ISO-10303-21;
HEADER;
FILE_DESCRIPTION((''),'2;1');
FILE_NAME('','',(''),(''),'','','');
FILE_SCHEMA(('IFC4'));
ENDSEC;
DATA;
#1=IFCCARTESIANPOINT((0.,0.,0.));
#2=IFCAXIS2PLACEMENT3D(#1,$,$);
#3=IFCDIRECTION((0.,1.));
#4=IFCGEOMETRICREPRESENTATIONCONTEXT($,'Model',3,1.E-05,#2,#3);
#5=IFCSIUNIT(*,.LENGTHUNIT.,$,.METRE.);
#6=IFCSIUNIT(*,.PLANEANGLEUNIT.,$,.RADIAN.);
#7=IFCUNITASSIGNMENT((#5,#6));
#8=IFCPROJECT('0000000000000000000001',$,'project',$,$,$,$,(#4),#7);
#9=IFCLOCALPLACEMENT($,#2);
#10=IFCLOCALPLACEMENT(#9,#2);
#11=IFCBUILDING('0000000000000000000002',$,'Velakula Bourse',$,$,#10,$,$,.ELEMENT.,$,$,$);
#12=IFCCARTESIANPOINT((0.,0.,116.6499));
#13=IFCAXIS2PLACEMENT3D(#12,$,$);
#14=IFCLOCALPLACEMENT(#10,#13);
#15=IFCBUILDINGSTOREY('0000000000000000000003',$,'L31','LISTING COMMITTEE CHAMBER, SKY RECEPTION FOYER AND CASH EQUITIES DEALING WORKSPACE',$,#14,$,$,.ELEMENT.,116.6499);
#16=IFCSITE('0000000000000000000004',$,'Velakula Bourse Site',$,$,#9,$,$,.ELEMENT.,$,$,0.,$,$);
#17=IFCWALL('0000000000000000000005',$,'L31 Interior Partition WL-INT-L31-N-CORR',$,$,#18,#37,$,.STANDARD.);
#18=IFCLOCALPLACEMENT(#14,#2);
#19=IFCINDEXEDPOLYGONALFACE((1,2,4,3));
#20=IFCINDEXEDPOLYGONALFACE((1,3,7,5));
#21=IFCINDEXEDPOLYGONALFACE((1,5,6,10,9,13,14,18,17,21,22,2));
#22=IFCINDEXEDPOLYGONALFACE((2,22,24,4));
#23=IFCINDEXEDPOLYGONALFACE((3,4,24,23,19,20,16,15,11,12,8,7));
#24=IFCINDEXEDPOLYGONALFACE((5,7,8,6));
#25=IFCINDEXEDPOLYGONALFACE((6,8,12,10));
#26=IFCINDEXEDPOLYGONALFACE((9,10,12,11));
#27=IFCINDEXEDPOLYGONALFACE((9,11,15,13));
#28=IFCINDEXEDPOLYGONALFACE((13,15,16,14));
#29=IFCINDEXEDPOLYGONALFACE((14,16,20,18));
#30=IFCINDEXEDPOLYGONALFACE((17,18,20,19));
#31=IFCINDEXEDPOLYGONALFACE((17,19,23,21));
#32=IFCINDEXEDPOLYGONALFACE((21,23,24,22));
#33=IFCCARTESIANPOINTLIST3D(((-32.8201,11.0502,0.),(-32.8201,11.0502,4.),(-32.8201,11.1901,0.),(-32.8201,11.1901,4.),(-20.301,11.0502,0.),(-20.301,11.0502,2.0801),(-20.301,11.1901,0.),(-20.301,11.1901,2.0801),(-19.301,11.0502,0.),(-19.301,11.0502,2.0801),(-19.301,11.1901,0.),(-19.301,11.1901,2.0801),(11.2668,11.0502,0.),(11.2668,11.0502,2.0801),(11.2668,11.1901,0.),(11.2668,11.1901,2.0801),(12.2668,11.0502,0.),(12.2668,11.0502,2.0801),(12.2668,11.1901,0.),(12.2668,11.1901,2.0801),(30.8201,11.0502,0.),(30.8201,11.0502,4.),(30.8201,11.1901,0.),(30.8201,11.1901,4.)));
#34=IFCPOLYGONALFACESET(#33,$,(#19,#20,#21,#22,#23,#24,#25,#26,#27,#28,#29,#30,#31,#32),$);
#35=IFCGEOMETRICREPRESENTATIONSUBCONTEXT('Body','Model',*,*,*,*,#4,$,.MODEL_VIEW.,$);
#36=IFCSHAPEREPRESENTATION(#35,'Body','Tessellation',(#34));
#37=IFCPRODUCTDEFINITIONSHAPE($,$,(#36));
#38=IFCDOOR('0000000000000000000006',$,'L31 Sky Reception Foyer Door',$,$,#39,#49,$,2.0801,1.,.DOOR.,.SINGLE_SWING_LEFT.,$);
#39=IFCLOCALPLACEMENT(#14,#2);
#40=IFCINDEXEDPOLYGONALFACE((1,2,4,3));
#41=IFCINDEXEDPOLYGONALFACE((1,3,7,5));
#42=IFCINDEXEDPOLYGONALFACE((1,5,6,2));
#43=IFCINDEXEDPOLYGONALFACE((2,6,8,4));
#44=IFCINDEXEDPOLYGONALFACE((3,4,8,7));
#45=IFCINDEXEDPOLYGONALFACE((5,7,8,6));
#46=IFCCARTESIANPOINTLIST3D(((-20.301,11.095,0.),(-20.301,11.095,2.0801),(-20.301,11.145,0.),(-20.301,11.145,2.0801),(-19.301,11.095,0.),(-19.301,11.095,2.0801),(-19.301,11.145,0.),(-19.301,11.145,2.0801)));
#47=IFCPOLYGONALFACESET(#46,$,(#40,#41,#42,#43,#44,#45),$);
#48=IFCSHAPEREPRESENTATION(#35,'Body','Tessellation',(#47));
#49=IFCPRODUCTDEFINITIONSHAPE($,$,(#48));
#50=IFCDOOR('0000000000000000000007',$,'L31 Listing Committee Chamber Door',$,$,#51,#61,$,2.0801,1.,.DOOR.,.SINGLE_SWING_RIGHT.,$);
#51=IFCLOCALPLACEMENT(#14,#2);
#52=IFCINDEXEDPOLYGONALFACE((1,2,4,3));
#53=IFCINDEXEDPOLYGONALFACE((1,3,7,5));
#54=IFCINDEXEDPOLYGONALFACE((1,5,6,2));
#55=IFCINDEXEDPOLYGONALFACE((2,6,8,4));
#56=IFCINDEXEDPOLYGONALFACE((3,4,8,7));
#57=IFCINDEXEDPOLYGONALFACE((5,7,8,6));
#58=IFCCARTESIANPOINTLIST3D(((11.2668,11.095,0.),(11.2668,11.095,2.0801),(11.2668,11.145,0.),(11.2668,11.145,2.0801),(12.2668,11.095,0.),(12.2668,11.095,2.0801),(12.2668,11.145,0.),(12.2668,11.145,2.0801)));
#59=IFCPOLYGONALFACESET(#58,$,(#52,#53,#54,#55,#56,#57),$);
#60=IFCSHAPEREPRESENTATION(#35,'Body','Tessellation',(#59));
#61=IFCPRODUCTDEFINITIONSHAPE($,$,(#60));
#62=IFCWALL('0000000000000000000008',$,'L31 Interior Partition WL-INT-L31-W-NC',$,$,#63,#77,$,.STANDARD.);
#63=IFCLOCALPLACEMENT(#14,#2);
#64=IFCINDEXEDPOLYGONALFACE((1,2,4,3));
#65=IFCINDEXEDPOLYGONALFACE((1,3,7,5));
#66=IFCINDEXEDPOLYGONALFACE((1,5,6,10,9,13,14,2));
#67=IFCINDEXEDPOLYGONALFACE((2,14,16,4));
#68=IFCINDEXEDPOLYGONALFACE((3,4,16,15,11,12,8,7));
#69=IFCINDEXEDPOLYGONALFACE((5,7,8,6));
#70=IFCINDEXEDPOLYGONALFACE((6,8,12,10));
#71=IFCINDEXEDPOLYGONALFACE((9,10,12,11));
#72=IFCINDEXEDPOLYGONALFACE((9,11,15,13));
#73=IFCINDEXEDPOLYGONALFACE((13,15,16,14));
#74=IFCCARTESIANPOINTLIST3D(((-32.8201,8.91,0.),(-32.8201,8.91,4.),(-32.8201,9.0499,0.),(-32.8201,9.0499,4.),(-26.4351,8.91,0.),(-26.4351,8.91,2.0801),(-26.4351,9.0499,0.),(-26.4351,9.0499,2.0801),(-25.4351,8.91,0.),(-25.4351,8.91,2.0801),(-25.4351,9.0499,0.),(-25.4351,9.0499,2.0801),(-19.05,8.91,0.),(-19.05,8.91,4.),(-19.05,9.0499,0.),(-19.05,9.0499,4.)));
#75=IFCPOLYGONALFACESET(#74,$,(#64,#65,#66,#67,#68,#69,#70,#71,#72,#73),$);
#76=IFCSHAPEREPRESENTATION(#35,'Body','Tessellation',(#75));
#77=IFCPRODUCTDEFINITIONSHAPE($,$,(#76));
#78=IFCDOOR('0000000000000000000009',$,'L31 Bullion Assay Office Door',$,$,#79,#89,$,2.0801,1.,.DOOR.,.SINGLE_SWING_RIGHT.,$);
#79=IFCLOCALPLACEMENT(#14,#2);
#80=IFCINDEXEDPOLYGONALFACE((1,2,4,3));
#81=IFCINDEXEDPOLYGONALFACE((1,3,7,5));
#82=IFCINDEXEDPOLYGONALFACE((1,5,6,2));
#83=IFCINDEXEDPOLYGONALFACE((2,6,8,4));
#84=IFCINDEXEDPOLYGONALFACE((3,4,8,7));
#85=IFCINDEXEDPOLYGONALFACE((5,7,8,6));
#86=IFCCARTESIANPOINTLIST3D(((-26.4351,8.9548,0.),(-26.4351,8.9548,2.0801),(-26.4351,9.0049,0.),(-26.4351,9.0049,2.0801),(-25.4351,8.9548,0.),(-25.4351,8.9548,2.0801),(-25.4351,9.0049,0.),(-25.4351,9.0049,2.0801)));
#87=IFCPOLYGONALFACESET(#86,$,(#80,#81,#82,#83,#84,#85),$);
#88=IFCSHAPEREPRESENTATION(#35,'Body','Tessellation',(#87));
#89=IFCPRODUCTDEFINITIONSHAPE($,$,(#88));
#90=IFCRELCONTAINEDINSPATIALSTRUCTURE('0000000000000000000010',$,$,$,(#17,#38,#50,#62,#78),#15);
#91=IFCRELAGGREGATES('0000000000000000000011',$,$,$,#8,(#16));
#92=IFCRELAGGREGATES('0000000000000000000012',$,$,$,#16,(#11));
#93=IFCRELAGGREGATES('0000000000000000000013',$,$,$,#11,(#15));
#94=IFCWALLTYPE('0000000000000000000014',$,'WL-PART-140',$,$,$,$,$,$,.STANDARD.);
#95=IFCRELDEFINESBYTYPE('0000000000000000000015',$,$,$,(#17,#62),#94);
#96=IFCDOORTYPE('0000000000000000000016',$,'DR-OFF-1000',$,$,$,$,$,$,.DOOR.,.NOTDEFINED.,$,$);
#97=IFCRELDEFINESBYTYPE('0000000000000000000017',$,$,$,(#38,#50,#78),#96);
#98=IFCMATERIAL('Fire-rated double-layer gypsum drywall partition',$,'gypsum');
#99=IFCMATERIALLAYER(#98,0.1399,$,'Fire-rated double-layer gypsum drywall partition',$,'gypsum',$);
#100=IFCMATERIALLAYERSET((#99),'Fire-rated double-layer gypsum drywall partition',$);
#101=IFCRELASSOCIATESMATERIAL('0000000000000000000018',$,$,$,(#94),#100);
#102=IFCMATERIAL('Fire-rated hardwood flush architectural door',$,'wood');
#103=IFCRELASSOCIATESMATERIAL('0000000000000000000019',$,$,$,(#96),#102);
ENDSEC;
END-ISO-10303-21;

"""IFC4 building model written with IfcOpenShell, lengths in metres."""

from ifc_helpers import new_model, si_unit, direction, frame, frame_2d, origin, place, context, subcontext, project, spatial, rectangle, extrude, material, layer, layer_set, type_object, element, fill, save


model = new_model("IFC4")

# Units and contexts
model_context = context("Model", 3, precision=1e-05, world=origin(), true_north=direction((0.0, 1.0)))
body_context = subcontext(model_context, "Body", "Model", "MODEL_VIEW")
ifc_project = project(units=[si_unit("LENGTHUNIT", "METRE"), si_unit("PLANEANGLEUNIT", "RADIAN")], contexts=[model_context])

# Site, building, storey
site_placement = place(None, origin())
site = spatial("IfcSite", under=ifc_project, at=site_placement, Name="Velakula Bourse Site", CompositionType="ELEMENT", RefElevation=0.0)
building_placement = place(site_placement, origin())
building = spatial("IfcBuilding", under=site, at=building_placement, Name="Velakula Bourse", CompositionType="ELEMENT")
storey_placement = place(building_placement, frame((0.0, 0.0, 116.6499)))
storey = spatial("IfcBuildingStorey", under=building, at=storey_placement, Name="L31", Description="LISTING COMMITTEE CHAMBER, SKY RECEPTION FOYER AND CASH EQUITIES DEALING WORKSPACE", CompositionType="ELEMENT", Elevation=116.6499)

# Shared definitions
ifc_material_1 = material(Name="Fire-rated hardwood flush architectural door", Category="wood")

# Wall, openings, doors
ifc_material_2 = material(Name="Fire-rated double-layer gypsum drywall partition", Category="gypsum")
ifc_layer_1 = layer(ifc_material_2, 0.1399, Name="Fire-rated double-layer gypsum drywall partition", Category="gypsum")
ifc_layer_set_1 = layer_set([ifc_layer_1], Name="Fire-rated double-layer gypsum drywall partition")
wall_type_1 = type_object("IfcWallType", Name="WL-PART-140", PredefinedType="STANDARD", material=ifc_layer_set_1)
wall_1_placement = place(storey_placement, frame((-32.8201, 11.1201, 0.0), z_axis=(0.0, 0.0, 1.0), x_axis=(1.0, 0.0, 0.0)))
wall_1 = element("IfcWall", 1, at=wall_1_placement, inside=storey, type_object=wall_type_1, Name="L31 Interior Partition WL-INT-L31-N-CORR", PredefinedType="STANDARD", context=body_context, shape_type="SweptSolid", body=[
    extrude(rectangle(XDim=63.6401, YDim=0.1399, at=frame_2d((31.8201, 0.0))), origin(), (0.0, 0.0, 1.0), 4.0),
])
opening_1_placement = place(wall_1_placement, frame((12.519, 0.0, 0.0)))
opening_1 = element("IfcOpeningElement", 2, at=opening_1_placement, cuts=wall_1, PredefinedType="OPENING", context=body_context, shape_type="SweptSolid", body=[
    extrude(rectangle(XDim=1.0, YDim=2.0801, at=frame_2d((0.5, 1.04))), frame((0.0, 0.0798, 0.0), z_axis=(0.0, -1.0, 0.0), x_axis=(1.0, 0.0, 0.0)), (0.0, 0.0, 1.0), 0.1599),
])
opening_2_placement = place(wall_1_placement, frame((44.0869, 0.0, 0.0)))
opening_2 = element("IfcOpeningElement", 3, at=opening_2_placement, cuts=wall_1, PredefinedType="OPENING", context=body_context, shape_type="SweptSolid", body=[
    extrude(rectangle(XDim=1.0, YDim=2.0801, at=frame_2d((0.5, 1.04))), frame((0.0, 0.0798, 0.0), z_axis=(0.0, -1.0, 0.0), x_axis=(1.0, 0.0, 0.0)), (0.0, 0.0, 1.0), 0.1599),
])
door_type_1 = type_object("IfcDoorType", Name="DR-OFF-1000", OperationType="NOTDEFINED", PredefinedType="DOOR", material=ifc_material_1)
door_1_placement = place(opening_1_placement, origin())
door_1 = element("IfcDoor", 4, at=door_1_placement, inside=storey, type_object=door_type_1, Name="L31 Sky Reception Foyer Door", OperationType="SINGLE_SWING_LEFT", OverallHeight=2.0801, OverallWidth=1.0, PredefinedType="DOOR", context=body_context, shape_type="SweptSolid", body=[
    extrude(rectangle(XDim=1.0, YDim=2.0801, at=frame_2d((0.5, 1.04))), frame((0.0, 0.0249, 0.0), z_axis=(0.0, -1.0, 0.0), x_axis=(1.0, 0.0, 0.0)), (0.0, 0.0, 1.0), 0.05),
])
fill(opening_1, door_1)
door_2_placement = place(opening_2_placement, origin())
door_2 = element("IfcDoor", 5, at=door_2_placement, inside=storey, type_object=door_type_1, Name="L31 Listing Committee Chamber Door", OperationType="SINGLE_SWING_RIGHT", OverallHeight=2.0801, OverallWidth=1.0, PredefinedType="DOOR", context=body_context, shape_type="SweptSolid", body=[
    extrude(rectangle(XDim=1.0, YDim=2.0801, at=frame_2d((0.5, 1.04))), frame((0.0, 0.0249, 0.0), z_axis=(0.0, -1.0, 0.0), x_axis=(1.0, 0.0, 0.0)), (0.0, 0.0, 1.0), 0.05),
])
fill(opening_2, door_2)

# Wall, opening, door
wall_2_placement = place(storey_placement, frame((-32.8201, 8.98, 0.0), z_axis=(0.0, 0.0, 1.0), x_axis=(1.0, 0.0, 0.0)))
wall_2 = element("IfcWall", 6, at=wall_2_placement, inside=storey, type_object=wall_type_1, Name="L31 Interior Partition WL-INT-L31-W-NC", PredefinedType="STANDARD", context=body_context, shape_type="SweptSolid", body=[
    extrude(rectangle(XDim=13.77, YDim=0.1399, at=frame_2d((6.885, 0.0))), origin(), (0.0, 0.0, 1.0), 4.0),
])
opening_3_placement = place(wall_2_placement, frame((6.385, 0.0, 0.0)))
opening_3 = element("IfcOpeningElement", 7, at=opening_3_placement, cuts=wall_2, PredefinedType="OPENING", context=body_context, shape_type="SweptSolid", body=[
    extrude(rectangle(XDim=1.0, YDim=2.0801, at=frame_2d((0.5, 1.04))), frame((0.0, 0.0798, 0.0), z_axis=(0.0, -1.0, 0.0), x_axis=(1.0, 0.0, 0.0)), (0.0, 0.0, 1.0), 0.1599),
])
door_3_placement = place(opening_3_placement, origin())
door_3 = element("IfcDoor", 8, at=door_3_placement, inside=storey, type_object=door_type_1, Name="L31 Bullion Assay Office Door", OperationType="SINGLE_SWING_RIGHT", OverallHeight=2.0801, OverallWidth=1.0, PredefinedType="DOOR", context=body_context, shape_type="SweptSolid", body=[
    extrude(rectangle(XDim=1.0, YDim=2.0801, at=frame_2d((0.5, 1.04))), frame((0.0, 0.0249, 0.0), z_axis=(0.0, -1.0, 0.0), x_axis=(1.0, 0.0, 0.0)), (0.0, 0.0, 1.0), 0.05),
])
fill(opening_3, door_3)

save(model, "model.ifc")
